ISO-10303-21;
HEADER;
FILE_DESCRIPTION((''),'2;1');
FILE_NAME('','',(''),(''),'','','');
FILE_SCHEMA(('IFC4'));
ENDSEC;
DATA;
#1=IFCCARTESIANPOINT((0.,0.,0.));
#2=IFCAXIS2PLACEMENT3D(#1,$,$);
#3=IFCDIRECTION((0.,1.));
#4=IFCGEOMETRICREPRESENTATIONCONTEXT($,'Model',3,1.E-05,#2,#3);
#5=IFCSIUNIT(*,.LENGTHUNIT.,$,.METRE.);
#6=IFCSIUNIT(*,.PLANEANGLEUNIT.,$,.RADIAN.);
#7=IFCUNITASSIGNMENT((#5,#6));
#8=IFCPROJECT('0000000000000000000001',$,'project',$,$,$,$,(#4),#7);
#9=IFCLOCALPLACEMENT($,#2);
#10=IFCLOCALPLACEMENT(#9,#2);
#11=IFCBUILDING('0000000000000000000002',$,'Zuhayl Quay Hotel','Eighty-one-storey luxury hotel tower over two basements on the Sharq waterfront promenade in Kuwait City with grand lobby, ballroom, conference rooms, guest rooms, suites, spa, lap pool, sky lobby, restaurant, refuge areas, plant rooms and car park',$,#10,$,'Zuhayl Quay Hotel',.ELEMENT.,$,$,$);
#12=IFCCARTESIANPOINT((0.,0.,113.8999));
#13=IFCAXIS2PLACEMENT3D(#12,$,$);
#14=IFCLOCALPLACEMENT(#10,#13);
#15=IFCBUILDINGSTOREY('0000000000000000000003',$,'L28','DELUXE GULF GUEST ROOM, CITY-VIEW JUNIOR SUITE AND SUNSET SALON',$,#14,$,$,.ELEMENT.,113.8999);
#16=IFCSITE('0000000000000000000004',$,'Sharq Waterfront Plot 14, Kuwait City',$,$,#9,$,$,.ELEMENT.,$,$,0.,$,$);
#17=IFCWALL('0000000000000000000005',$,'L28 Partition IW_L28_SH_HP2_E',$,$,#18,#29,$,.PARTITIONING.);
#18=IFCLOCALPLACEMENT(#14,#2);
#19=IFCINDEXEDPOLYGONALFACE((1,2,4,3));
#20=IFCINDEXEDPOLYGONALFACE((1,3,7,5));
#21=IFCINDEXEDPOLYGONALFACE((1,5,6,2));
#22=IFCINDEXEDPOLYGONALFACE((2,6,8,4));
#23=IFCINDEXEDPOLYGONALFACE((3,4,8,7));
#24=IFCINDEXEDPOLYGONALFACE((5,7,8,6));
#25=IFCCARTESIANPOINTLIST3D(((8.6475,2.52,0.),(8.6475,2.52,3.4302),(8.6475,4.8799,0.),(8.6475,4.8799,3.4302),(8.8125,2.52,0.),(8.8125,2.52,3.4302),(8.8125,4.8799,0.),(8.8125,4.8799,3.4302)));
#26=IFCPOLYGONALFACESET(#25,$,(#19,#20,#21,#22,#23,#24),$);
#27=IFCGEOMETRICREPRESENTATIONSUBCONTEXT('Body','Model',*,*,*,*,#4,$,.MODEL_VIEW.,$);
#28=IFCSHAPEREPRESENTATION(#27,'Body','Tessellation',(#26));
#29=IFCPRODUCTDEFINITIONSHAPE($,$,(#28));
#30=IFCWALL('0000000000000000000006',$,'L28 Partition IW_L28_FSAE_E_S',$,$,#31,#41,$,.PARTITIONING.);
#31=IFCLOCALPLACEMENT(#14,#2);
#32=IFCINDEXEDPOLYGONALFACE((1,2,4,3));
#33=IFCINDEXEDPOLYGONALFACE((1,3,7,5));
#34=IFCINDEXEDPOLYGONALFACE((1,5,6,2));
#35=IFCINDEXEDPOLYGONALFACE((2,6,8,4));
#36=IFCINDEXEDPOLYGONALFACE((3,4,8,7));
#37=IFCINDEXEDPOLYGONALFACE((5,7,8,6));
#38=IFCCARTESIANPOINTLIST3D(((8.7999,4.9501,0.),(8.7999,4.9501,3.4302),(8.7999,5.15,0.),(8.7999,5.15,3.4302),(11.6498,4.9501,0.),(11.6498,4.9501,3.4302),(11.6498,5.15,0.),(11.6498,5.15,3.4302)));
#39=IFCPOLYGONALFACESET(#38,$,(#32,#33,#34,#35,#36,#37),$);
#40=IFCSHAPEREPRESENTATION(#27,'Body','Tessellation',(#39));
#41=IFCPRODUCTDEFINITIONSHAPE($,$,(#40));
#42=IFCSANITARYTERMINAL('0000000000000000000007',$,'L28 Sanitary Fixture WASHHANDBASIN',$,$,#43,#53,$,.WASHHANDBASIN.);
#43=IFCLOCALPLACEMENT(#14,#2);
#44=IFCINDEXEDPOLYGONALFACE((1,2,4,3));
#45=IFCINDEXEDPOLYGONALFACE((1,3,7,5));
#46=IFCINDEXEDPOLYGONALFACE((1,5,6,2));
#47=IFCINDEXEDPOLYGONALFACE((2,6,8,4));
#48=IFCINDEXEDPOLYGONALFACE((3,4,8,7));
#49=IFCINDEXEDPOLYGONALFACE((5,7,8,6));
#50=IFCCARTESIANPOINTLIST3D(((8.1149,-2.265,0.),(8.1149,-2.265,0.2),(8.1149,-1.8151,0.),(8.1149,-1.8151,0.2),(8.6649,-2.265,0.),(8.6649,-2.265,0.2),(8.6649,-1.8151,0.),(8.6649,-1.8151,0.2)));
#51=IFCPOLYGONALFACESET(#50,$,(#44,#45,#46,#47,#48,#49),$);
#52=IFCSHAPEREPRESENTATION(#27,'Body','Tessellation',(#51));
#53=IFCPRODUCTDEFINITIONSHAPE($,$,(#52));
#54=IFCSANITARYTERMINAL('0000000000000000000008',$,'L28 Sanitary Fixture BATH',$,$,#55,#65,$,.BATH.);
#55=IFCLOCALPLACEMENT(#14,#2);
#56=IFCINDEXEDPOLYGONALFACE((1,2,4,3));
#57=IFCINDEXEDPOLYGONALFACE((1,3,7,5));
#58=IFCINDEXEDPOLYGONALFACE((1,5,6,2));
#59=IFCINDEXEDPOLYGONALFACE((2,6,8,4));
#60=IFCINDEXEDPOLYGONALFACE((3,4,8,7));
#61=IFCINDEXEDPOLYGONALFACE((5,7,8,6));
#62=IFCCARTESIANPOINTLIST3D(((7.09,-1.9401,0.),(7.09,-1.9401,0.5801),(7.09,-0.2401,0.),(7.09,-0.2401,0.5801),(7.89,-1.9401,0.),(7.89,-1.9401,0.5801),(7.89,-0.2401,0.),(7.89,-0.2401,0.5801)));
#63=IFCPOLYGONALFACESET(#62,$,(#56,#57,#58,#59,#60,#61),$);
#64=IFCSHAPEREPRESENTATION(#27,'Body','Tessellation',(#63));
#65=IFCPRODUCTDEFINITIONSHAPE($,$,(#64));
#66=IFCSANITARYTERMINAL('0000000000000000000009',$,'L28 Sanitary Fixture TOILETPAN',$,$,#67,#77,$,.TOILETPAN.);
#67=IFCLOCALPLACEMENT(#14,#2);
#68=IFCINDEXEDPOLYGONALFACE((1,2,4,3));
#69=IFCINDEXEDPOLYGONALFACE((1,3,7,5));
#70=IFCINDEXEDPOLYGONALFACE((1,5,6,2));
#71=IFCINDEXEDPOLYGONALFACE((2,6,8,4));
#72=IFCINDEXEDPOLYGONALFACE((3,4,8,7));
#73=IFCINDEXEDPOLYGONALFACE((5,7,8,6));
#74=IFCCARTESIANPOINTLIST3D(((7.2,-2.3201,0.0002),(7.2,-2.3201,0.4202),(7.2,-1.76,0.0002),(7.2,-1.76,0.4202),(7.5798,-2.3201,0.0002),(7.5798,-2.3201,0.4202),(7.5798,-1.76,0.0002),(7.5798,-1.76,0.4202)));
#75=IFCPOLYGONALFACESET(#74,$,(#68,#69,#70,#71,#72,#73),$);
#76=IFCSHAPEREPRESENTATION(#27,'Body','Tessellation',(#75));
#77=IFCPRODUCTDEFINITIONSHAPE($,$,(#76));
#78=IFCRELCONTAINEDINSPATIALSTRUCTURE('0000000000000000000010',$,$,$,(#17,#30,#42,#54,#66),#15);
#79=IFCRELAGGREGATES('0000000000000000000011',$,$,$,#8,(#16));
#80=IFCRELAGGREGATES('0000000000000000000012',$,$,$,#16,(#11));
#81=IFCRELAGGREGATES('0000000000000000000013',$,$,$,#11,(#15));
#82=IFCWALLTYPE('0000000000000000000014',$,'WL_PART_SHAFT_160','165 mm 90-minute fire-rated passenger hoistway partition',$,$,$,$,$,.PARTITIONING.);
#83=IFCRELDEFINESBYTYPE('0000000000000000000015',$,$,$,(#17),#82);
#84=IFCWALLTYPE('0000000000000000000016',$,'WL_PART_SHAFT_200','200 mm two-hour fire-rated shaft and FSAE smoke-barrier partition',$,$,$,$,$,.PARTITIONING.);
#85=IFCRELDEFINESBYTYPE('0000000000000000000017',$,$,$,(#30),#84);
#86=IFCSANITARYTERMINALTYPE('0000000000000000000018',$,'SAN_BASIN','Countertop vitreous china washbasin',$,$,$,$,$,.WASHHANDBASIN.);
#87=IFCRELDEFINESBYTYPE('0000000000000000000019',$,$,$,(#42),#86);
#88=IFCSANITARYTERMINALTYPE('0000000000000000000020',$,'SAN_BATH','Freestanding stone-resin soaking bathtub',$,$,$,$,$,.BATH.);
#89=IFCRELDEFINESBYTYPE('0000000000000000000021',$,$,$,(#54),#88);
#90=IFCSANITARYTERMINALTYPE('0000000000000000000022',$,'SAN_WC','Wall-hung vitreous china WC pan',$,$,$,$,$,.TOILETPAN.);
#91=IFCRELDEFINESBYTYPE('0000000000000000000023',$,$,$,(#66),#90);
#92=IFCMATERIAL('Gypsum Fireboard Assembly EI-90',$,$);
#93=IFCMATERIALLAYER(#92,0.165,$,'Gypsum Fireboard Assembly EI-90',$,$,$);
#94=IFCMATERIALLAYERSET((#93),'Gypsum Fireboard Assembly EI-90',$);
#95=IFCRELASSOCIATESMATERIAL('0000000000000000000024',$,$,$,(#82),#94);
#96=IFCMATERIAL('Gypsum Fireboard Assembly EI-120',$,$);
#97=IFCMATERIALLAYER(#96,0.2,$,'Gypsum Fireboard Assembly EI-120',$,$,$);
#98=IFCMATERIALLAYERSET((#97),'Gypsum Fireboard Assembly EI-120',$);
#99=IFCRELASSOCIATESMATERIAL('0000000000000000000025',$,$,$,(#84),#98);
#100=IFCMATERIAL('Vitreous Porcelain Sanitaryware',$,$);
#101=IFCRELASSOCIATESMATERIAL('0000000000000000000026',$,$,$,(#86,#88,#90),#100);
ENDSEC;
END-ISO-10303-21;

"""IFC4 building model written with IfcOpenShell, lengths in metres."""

from ifc_helpers import new_model, si_unit, direction, frame, frame_2d, origin, origin_2d, place, context, subcontext, project, spatial, rectangle, extrude, material, layer, layer_set, type_object, element, save


model = new_model("IFC4")

# Units and contexts
model_context = context("Model", 3, precision=1e-05, world=origin(), true_north=direction((0.0, 1.0)))
body_context = subcontext(model_context, "Body", "Model", "MODEL_VIEW")
ifc_project = project(units=[si_unit("LENGTHUNIT", "METRE"), si_unit("PLANEANGLEUNIT", "RADIAN")], contexts=[model_context])

# Site, building, storey
site_placement = place(None, origin())
site = spatial("IfcSite", under=ifc_project, at=site_placement, Name="Sharq Waterfront Plot 14, Kuwait City", CompositionType="ELEMENT", RefElevation=0.0)
building_placement = place(site_placement, origin())
building = spatial("IfcBuilding", under=site, at=building_placement, Name="Zuhayl Quay Hotel", Description="Eighty-one-storey luxury hotel tower over two basements on the Sharq waterfront promenade in Kuwait City with grand lobby, ballroom, conference rooms, guest rooms, suites, spa, lap pool, sky lobby, restaurant, refuge areas, plant rooms and car park", LongName="Zuhayl Quay Hotel", CompositionType="ELEMENT")
storey_placement = place(building_placement, frame((0.0, 0.0, 113.8999)))
storey = spatial("IfcBuildingStorey", under=building, at=storey_placement, Name="L28", Description="DELUXE GULF GUEST ROOM, CITY-VIEW JUNIOR SUITE AND SUNSET SALON", CompositionType="ELEMENT", Elevation=113.8999)

# Walls
ifc_material_1 = material(Name="Gypsum Fireboard Assembly EI-90")
ifc_layer_1 = layer(ifc_material_1, 0.165, Name="Gypsum Fireboard Assembly EI-90")
ifc_layer_set_1 = layer_set([ifc_layer_1], Name="Gypsum Fireboard Assembly EI-90")
wall_type_1 = type_object("IfcWallType", Name="WL_PART_SHAFT_160", Description="165 mm 90-minute fire-rated passenger hoistway partition", PredefinedType="PARTITIONING", material=ifc_layer_set_1)
wall_1_placement = place(storey_placement, frame((8.73, 2.52, 0.0), z_axis=(0.0, 0.0, 1.0), x_axis=(0.0, 1.0, 0.0)))
element("IfcWall", 1, at=wall_1_placement, inside=storey, type_object=wall_type_1, Name="L28 Partition IW_L28_SH_HP2_E", PredefinedType="PARTITIONING", context=body_context, shape_type="SweptSolid", body=[
    extrude(rectangle(XDim=2.3599, YDim=0.165, at=frame_2d((1.1799, 0.0))), origin(), (0.0, 0.0, 1.0), 3.4302),
])
ifc_material_2 = material(Name="Gypsum Fireboard Assembly EI-120")
ifc_layer_2 = layer(ifc_material_2, 0.2, Name="Gypsum Fireboard Assembly EI-120")
ifc_layer_set_2 = layer_set([ifc_layer_2], Name="Gypsum Fireboard Assembly EI-120")
wall_type_2 = type_object("IfcWallType", Name="WL_PART_SHAFT_200", Description="200 mm two-hour fire-rated shaft and FSAE smoke-barrier partition", PredefinedType="PARTITIONING", material=ifc_layer_set_2)
wall_2_placement = place(storey_placement, frame((8.8, 5.05, 0.0), z_axis=(0.0, 0.0, 1.0), x_axis=(1.0, 0.0, 0.0)))
element("IfcWall", 2, at=wall_2_placement, inside=storey, type_object=wall_type_2, Name="L28 Partition IW_L28_FSAE_E_S", PredefinedType="PARTITIONING", context=body_context, shape_type="SweptSolid", body=[
    extrude(rectangle(XDim=2.8499, YDim=0.2, at=frame_2d((1.4248, 0.0))), origin(), (0.0, 0.0, 1.0), 3.4302),
])

# Sanitary terminals
ifc_material_3 = material(Name="Vitreous Porcelain Sanitaryware")
sanitary_terminal_type_1 = type_object("IfcSanitaryTerminalType", Name="SAN_BASIN", Description="Countertop vitreous china washbasin", PredefinedType="WASHHANDBASIN", material=ifc_material_3)
sanitary_terminal_1_placement = place(storey_placement, frame((8.3899, -2.04, 0.0), z_axis=(0.0, 0.0, 1.0), x_axis=(1.0, 0.0, 0.0)))
element("IfcSanitaryTerminal", 3, at=sanitary_terminal_1_placement, inside=storey, type_object=sanitary_terminal_type_1, Name="L28 Sanitary Fixture WASHHANDBASIN", PredefinedType="WASHHANDBASIN", context=body_context, shape_type="SweptSolid", body=[
    extrude(rectangle(XDim=0.55, YDim=0.45, at=origin_2d()), origin(), (0.0, 0.0, 1.0), 0.2),
])
sanitary_terminal_type_2 = type_object("IfcSanitaryTerminalType", Name="SAN_BATH", Description="Freestanding stone-resin soaking bathtub", PredefinedType="BATH", material=ifc_material_3)
sanitary_terminal_2_placement = place(storey_placement, frame((7.49, -1.0901, 0.0), z_axis=(0.0, 0.0, 1.0), x_axis=(1.0, 0.0, 0.0)))
element("IfcSanitaryTerminal", 4, at=sanitary_terminal_2_placement, inside=storey, type_object=sanitary_terminal_type_2, Name="L28 Sanitary Fixture BATH", PredefinedType="BATH", context=body_context, shape_type="SweptSolid", body=[
    extrude(rectangle(XDim=0.8, YDim=1.7, at=origin_2d()), origin(), (0.0, 0.0, 1.0), 0.5801),
])
sanitary_terminal_type_3 = type_object("IfcSanitaryTerminalType", Name="SAN_WC", Description="Wall-hung vitreous china WC pan", PredefinedType="TOILETPAN", material=ifc_material_3)
sanitary_terminal_3_placement = place(storey_placement, frame((7.3899, -2.04, 0.0002), z_axis=(0.0, 0.0, 1.0), x_axis=(1.0, 0.0, 0.0)))
element("IfcSanitaryTerminal", 5, at=sanitary_terminal_3_placement, inside=storey, type_object=sanitary_terminal_type_3, Name="L28 Sanitary Fixture TOILETPAN", PredefinedType="TOILETPAN", context=body_context, shape_type="SweptSolid", body=[
    extrude(rectangle(XDim=0.3799, YDim=0.5601, at=origin_2d()), origin(), (0.0, 0.0, 1.0), 0.4199),
])

save(model, "model.ifc")
